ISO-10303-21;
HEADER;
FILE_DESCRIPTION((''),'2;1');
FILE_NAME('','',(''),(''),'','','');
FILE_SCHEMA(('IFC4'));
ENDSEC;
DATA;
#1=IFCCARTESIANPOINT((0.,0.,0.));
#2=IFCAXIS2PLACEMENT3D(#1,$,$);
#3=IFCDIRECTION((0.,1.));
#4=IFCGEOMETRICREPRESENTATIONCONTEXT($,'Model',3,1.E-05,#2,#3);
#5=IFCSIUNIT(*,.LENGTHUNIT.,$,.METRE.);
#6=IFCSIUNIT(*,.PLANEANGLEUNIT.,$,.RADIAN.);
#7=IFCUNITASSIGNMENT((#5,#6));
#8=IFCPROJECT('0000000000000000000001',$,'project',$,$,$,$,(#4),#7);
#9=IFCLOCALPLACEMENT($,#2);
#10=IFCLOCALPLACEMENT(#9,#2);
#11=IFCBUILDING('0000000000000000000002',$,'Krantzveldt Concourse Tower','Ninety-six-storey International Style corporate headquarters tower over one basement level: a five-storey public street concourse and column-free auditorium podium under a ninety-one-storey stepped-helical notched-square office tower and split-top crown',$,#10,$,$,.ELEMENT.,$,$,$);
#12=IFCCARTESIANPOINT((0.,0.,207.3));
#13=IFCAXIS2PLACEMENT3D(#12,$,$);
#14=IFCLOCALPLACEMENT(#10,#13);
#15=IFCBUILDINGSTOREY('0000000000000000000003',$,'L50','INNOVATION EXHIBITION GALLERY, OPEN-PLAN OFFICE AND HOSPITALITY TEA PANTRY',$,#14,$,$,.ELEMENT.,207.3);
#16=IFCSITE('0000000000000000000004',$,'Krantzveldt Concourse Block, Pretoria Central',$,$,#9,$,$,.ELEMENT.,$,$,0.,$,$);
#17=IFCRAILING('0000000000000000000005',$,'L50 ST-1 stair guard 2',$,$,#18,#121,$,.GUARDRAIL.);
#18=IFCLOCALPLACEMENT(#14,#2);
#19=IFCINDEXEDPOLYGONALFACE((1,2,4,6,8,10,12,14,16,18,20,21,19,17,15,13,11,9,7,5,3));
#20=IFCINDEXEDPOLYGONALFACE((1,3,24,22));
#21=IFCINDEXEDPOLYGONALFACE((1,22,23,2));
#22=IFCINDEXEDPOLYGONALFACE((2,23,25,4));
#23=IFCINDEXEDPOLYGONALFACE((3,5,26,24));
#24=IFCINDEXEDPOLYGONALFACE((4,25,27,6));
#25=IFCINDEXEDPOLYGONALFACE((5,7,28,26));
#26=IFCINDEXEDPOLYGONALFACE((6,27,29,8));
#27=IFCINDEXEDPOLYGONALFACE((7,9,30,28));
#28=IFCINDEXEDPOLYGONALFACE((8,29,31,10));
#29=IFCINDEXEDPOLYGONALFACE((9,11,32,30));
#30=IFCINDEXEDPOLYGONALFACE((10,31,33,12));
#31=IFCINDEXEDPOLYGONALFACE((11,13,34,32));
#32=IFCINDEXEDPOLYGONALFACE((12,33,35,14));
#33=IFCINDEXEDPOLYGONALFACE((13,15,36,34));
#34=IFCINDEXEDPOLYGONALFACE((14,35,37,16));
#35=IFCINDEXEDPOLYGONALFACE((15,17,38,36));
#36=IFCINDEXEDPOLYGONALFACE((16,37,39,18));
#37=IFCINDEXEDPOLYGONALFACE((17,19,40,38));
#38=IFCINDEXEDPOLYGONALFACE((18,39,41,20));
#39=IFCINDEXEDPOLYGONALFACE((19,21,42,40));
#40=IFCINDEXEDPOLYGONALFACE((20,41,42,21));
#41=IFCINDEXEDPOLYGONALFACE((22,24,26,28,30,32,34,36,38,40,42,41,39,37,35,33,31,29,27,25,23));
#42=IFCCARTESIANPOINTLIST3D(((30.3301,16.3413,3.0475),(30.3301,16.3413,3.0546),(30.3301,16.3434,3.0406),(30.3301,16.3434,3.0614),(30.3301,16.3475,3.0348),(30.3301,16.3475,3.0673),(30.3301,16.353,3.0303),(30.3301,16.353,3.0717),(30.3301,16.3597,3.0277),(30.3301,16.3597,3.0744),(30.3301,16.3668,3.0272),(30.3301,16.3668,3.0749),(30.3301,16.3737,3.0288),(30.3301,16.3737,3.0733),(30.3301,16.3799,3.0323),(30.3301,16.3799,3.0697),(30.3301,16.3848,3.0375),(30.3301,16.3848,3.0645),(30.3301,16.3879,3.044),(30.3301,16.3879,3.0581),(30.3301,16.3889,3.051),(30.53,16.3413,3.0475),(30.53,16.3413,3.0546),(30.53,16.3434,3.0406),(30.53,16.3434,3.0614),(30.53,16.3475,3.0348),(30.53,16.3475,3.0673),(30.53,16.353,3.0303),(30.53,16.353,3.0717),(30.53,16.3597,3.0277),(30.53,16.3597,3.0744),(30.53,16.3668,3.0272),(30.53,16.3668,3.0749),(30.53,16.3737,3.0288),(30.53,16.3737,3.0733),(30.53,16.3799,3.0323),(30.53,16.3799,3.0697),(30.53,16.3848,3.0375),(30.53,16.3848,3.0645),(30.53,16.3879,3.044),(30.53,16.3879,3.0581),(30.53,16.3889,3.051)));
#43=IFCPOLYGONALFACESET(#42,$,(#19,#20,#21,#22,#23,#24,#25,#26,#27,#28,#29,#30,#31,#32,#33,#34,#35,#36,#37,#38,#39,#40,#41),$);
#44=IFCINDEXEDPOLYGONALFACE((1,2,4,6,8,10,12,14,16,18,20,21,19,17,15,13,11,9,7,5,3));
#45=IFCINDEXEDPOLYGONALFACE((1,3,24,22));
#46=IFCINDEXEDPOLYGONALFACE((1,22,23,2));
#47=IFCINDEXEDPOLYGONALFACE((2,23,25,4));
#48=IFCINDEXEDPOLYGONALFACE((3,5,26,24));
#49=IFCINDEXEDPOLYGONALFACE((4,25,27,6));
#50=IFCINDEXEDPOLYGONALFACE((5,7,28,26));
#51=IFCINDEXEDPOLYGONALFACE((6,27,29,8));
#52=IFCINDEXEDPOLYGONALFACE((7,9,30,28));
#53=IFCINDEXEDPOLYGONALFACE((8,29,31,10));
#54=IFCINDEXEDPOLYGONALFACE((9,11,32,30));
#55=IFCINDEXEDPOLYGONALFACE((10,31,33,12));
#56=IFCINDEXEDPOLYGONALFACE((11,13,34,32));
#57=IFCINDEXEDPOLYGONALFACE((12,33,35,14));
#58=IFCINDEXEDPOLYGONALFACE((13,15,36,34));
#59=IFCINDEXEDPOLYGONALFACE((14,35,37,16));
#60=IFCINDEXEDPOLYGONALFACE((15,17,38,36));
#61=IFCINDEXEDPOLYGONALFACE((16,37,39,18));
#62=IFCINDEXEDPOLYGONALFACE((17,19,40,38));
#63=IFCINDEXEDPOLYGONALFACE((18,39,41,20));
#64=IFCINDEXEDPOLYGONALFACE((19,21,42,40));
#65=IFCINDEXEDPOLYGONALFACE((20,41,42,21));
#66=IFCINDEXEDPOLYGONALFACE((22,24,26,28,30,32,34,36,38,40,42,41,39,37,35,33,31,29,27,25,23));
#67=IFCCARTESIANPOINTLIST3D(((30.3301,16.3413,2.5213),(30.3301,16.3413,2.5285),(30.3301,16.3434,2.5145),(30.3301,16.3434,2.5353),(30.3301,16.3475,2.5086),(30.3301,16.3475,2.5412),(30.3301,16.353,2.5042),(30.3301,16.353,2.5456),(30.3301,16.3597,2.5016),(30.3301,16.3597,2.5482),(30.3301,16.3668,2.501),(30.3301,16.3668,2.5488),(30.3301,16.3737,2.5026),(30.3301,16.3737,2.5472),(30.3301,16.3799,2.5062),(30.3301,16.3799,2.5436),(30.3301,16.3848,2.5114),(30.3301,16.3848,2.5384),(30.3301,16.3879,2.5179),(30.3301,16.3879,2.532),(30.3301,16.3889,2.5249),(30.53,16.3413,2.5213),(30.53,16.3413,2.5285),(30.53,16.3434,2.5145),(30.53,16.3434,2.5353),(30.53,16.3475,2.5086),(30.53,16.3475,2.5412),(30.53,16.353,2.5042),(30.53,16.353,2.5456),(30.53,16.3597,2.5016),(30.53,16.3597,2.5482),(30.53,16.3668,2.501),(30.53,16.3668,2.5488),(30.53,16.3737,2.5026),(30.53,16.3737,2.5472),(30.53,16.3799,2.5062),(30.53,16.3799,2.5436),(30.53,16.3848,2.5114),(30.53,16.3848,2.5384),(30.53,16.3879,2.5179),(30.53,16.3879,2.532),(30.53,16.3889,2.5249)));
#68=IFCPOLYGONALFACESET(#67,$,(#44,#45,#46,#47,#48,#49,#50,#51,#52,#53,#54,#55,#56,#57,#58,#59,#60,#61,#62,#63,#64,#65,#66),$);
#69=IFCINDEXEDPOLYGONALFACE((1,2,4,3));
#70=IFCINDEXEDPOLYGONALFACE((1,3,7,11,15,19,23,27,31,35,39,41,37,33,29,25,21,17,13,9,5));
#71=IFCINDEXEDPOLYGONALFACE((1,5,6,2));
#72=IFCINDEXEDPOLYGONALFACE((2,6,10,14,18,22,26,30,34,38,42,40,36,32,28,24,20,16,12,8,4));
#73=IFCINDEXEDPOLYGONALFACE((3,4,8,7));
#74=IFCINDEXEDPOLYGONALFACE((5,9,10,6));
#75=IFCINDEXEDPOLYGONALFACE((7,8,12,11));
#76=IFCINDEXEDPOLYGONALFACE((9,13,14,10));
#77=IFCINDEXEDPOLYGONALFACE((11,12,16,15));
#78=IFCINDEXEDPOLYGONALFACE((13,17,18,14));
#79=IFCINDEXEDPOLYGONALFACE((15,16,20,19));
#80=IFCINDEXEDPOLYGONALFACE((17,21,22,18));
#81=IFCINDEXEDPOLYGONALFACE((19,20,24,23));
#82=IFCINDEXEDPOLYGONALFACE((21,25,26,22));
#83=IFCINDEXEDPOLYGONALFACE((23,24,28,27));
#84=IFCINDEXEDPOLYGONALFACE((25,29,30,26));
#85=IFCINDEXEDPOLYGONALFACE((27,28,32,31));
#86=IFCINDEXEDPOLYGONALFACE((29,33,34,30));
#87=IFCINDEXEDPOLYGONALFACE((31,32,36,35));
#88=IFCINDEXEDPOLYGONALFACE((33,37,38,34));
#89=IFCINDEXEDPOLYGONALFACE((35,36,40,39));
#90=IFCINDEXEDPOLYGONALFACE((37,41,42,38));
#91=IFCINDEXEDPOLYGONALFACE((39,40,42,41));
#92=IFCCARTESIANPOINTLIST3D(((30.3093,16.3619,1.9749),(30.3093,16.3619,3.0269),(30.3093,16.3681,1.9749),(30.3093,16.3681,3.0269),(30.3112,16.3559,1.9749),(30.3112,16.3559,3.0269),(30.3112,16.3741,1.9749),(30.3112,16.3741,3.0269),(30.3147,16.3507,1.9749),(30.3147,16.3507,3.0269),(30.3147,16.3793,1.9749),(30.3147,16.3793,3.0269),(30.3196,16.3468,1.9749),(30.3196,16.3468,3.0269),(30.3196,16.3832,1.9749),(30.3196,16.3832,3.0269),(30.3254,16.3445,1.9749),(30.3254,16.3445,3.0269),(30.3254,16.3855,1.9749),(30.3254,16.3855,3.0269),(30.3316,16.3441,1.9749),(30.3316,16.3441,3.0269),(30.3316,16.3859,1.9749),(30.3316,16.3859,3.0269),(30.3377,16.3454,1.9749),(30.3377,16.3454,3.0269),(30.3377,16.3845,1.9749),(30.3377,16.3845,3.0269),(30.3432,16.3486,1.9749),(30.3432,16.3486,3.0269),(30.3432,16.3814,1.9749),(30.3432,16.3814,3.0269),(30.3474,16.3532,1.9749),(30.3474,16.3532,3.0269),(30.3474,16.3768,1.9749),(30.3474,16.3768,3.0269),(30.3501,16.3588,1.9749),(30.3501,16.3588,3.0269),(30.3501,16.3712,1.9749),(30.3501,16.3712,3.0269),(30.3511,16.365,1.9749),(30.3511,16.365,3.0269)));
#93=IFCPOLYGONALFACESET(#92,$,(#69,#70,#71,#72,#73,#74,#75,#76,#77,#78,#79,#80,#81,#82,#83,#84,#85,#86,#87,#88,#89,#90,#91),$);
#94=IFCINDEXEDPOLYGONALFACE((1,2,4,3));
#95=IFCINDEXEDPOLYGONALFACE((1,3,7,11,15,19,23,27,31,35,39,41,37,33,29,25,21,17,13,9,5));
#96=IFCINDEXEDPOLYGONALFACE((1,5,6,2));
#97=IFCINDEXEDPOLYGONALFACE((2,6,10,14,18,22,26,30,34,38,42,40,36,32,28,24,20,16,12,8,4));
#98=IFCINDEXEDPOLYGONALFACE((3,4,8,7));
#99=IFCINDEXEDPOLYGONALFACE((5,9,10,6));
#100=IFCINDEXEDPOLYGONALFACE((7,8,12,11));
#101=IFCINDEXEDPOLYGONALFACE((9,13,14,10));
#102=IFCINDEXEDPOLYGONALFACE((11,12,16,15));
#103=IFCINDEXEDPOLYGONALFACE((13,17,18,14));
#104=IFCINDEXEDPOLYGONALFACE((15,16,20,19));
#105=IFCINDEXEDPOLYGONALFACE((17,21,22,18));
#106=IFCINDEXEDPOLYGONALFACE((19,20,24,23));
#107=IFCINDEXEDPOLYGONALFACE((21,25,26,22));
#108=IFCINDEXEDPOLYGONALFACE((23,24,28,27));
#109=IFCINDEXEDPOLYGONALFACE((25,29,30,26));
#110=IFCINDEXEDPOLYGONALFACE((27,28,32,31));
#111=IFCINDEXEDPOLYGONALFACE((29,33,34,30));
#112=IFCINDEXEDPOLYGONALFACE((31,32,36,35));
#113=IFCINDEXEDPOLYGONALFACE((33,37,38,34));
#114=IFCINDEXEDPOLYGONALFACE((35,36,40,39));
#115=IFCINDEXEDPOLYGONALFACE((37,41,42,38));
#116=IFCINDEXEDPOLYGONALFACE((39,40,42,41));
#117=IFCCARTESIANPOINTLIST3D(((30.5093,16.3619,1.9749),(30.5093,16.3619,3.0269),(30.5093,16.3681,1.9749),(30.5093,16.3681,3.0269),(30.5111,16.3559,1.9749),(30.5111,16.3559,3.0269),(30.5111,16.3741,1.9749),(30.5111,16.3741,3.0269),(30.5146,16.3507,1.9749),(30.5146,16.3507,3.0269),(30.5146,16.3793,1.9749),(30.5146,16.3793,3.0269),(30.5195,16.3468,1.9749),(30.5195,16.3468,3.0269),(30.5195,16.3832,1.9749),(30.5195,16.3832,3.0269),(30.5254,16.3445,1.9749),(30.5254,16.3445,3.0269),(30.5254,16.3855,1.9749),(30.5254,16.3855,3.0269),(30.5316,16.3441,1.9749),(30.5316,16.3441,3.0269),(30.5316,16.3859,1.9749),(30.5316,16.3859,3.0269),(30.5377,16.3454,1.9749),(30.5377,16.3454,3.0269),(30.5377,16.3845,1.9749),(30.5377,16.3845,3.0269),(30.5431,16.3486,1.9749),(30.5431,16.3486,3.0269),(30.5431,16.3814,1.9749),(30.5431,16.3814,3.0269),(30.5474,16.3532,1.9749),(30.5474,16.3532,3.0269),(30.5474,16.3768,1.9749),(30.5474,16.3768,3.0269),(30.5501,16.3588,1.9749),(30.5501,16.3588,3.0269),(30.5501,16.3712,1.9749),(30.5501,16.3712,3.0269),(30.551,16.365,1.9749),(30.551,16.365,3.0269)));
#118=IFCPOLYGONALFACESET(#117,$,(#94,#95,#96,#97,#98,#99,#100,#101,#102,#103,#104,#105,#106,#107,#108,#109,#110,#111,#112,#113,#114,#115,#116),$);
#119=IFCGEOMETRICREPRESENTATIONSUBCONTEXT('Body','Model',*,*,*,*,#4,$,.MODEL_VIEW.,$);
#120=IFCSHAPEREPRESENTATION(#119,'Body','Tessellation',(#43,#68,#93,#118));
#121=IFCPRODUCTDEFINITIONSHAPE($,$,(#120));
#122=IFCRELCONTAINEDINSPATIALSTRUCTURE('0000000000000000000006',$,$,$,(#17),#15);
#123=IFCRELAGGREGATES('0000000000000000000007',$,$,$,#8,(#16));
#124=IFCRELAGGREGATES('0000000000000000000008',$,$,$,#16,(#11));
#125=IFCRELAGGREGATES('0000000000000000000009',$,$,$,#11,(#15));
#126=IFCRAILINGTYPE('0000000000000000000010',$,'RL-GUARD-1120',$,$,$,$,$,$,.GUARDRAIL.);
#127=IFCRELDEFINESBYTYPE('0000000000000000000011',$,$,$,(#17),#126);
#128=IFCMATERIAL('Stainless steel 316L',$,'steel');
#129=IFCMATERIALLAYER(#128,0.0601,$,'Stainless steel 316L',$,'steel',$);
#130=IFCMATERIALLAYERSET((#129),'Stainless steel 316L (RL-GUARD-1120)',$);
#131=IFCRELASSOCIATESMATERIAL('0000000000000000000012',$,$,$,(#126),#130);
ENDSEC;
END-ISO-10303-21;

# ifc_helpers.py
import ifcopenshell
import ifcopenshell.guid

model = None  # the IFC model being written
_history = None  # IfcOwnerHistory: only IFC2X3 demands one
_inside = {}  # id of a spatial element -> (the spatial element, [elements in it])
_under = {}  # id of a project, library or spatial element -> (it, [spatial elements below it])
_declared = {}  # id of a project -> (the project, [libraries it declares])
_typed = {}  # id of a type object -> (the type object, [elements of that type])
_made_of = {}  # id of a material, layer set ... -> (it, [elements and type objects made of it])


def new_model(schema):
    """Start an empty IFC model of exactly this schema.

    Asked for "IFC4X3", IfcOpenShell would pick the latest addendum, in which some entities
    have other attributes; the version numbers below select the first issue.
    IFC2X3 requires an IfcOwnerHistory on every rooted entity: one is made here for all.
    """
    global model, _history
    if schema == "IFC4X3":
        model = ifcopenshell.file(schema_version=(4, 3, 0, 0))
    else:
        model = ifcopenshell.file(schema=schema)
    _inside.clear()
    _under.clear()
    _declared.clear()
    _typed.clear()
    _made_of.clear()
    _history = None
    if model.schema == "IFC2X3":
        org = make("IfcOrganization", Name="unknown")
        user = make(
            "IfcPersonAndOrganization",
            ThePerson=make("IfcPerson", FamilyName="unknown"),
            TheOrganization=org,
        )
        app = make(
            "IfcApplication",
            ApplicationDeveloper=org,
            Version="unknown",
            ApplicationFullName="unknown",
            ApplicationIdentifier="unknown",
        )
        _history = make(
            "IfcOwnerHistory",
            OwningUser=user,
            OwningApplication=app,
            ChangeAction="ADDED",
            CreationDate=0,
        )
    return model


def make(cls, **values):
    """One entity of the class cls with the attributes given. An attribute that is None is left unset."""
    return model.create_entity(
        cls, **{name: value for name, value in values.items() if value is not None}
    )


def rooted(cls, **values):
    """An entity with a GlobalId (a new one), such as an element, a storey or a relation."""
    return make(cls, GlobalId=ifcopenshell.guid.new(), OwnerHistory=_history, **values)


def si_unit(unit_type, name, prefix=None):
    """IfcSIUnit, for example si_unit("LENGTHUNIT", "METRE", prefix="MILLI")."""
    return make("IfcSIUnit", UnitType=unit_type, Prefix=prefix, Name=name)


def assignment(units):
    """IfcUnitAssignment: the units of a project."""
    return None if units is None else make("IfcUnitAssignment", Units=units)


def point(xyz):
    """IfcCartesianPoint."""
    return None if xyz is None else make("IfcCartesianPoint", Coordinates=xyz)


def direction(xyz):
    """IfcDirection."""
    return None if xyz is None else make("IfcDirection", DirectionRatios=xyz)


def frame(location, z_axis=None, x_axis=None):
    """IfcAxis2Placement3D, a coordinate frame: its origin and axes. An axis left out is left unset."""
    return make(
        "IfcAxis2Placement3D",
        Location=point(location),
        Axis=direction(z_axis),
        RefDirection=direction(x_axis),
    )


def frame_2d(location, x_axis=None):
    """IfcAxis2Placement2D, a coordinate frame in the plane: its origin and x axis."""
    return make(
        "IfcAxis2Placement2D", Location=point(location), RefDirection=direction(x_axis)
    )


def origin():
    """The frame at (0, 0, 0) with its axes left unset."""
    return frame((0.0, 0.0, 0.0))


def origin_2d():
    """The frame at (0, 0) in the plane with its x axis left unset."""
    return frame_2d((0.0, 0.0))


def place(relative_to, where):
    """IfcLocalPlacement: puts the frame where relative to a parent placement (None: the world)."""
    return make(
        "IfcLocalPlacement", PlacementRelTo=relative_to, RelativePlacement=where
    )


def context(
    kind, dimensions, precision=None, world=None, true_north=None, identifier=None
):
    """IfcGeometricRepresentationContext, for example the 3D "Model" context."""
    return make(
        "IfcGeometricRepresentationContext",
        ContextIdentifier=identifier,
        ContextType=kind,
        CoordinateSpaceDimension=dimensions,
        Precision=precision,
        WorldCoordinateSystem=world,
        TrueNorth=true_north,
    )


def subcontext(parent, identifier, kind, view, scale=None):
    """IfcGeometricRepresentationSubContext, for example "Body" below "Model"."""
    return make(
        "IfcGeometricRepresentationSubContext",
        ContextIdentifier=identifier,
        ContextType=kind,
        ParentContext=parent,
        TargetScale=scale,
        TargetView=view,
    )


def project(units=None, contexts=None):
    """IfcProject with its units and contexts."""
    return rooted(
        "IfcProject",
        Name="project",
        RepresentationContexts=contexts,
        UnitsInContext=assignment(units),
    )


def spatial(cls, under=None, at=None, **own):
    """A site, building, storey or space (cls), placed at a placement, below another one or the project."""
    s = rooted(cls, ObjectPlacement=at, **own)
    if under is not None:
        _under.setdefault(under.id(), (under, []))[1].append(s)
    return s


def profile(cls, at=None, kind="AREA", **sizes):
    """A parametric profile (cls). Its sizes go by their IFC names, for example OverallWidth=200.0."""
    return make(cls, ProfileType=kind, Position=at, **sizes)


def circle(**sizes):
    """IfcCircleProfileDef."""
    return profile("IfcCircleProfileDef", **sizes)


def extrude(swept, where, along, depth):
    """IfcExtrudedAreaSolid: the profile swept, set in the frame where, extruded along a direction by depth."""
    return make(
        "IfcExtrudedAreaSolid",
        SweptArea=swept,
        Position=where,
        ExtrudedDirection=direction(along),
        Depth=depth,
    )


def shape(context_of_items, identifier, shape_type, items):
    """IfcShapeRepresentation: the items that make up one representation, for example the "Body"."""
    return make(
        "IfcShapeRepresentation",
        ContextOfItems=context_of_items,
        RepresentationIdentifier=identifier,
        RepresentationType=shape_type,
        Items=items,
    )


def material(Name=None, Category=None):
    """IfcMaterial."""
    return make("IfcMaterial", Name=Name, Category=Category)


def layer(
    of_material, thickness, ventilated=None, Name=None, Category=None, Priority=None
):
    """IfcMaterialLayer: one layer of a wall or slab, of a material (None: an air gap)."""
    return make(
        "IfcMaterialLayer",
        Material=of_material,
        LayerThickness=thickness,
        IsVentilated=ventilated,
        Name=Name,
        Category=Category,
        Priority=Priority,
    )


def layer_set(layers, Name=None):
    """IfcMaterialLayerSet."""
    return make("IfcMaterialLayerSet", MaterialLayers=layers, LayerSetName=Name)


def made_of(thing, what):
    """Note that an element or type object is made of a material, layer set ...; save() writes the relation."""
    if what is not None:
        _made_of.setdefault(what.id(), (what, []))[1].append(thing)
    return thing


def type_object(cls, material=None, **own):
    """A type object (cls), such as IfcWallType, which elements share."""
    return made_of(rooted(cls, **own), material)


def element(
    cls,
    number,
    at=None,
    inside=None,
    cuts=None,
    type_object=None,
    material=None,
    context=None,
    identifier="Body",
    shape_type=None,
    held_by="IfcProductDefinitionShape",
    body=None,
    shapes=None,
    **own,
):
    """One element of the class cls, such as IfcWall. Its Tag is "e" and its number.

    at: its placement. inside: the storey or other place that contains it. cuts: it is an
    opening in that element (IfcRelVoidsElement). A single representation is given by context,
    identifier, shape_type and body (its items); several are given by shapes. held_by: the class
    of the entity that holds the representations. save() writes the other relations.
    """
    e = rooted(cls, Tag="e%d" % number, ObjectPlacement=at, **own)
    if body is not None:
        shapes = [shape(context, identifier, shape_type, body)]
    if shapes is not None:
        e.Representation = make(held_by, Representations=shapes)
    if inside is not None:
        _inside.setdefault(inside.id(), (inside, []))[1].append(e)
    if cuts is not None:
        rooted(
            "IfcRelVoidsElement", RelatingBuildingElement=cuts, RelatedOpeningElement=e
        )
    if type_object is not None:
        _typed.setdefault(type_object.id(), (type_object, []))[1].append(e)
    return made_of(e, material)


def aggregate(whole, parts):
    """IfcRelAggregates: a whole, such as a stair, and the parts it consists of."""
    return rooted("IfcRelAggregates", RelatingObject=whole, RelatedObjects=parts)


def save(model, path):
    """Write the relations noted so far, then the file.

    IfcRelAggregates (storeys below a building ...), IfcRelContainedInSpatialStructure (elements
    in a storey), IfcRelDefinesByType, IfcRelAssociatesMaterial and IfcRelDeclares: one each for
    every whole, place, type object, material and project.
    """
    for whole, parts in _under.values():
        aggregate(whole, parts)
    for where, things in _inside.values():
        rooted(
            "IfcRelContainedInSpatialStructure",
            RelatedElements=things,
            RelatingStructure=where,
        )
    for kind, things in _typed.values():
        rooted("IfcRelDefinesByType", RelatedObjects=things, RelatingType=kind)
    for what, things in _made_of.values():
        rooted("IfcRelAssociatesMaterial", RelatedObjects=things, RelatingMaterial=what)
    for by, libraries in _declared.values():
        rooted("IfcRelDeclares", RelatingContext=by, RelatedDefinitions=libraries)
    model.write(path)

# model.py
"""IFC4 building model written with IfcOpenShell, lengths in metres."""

from ifc_helpers import new_model, si_unit, direction, frame, origin, origin_2d, place, context, subcontext, project, spatial, circle, extrude, material, layer, layer_set, type_object, element, save


model = new_model("IFC4")

# Units and contexts
model_context = context("Model", 3, precision=1e-05, world=origin(), true_north=direction((0.0, 1.0)))
body_context = subcontext(model_context, "Body", "Model", "MODEL_VIEW")
ifc_project = project(units=[si_unit("LENGTHUNIT", "METRE"), si_unit("PLANEANGLEUNIT", "RADIAN")], contexts=[model_context])

# Site, building, storey
site_placement = place(None, origin())
site = spatial("IfcSite", under=ifc_project, at=site_placement, Name="Krantzveldt Concourse Block, Pretoria Central", CompositionType="ELEMENT", RefElevation=0.0)
building_placement = place(site_placement, origin())
building = spatial("IfcBuilding", under=site, at=building_placement, Name="Krantzveldt Concourse Tower", Description="Ninety-six-storey International Style corporate headquarters tower over one basement level: a five-storey public street concourse and column-free auditorium podium under a ninety-one-storey stepped-helical notched-square office tower and split-top crown", CompositionType="ELEMENT")
storey_placement = place(building_placement, frame((0.0, 0.0, 207.3)))
storey = spatial("IfcBuildingStorey", under=building, at=storey_placement, Name="L50", Description="INNOVATION EXHIBITION GALLERY, OPEN-PLAN OFFICE AND HOSPITALITY TEA PANTRY", CompositionType="ELEMENT", Elevation=207.3)

# Shared definitions
ifc_material_1 = material(Name="Stainless steel 316L", Category="steel")

# Railing
ifc_layer_1 = layer(ifc_material_1, 0.0601, Name="Stainless steel 316L", Category="steel")
ifc_layer_set_1 = layer_set([ifc_layer_1], Name="Stainless steel 316L (RL-GUARD-1120)")
railing_type_1 = type_object("IfcRailingType", Name="RL-GUARD-1120", PredefinedType="GUARDRAIL", material=ifc_layer_set_1)
railing_1_placement = place(storey_placement, frame((30.3301, 16.365, 1.9749)))
element("IfcRailing", 1, at=railing_1_placement, inside=storey, type_object=railing_type_1, Name="L50 ST-1 stair guard 2", PredefinedType="GUARDRAIL", context=body_context, shape_type="SweptSolid", body=[
    extrude(circle(Radius=0.0239, at=origin_2d()), frame((0.0, 0.0, 1.0762), z_axis=(1.0, 0.0, 0.0), x_axis=(0.0, 1.0, 0.0)), (0.0, 0.0, 1.0), 0.2),
    extrude(circle(Radius=0.0239, at=origin_2d()), frame((0.0, 0.0, 0.55), z_axis=(1.0, 0.0, 0.0), x_axis=(0.0, 1.0, 0.0)), (0.0, 0.0, 1.0), 0.2),
    extrude(circle(Radius=0.021, at=origin_2d()), origin(), (0.0, 0.0, 1.0), 1.052),
    extrude(circle(Radius=0.021, at=origin_2d()), frame((0.2, 0.0, 0.0)), (0.0, 0.0, 1.0), 1.052),
])

save(model, "model.ifc")
